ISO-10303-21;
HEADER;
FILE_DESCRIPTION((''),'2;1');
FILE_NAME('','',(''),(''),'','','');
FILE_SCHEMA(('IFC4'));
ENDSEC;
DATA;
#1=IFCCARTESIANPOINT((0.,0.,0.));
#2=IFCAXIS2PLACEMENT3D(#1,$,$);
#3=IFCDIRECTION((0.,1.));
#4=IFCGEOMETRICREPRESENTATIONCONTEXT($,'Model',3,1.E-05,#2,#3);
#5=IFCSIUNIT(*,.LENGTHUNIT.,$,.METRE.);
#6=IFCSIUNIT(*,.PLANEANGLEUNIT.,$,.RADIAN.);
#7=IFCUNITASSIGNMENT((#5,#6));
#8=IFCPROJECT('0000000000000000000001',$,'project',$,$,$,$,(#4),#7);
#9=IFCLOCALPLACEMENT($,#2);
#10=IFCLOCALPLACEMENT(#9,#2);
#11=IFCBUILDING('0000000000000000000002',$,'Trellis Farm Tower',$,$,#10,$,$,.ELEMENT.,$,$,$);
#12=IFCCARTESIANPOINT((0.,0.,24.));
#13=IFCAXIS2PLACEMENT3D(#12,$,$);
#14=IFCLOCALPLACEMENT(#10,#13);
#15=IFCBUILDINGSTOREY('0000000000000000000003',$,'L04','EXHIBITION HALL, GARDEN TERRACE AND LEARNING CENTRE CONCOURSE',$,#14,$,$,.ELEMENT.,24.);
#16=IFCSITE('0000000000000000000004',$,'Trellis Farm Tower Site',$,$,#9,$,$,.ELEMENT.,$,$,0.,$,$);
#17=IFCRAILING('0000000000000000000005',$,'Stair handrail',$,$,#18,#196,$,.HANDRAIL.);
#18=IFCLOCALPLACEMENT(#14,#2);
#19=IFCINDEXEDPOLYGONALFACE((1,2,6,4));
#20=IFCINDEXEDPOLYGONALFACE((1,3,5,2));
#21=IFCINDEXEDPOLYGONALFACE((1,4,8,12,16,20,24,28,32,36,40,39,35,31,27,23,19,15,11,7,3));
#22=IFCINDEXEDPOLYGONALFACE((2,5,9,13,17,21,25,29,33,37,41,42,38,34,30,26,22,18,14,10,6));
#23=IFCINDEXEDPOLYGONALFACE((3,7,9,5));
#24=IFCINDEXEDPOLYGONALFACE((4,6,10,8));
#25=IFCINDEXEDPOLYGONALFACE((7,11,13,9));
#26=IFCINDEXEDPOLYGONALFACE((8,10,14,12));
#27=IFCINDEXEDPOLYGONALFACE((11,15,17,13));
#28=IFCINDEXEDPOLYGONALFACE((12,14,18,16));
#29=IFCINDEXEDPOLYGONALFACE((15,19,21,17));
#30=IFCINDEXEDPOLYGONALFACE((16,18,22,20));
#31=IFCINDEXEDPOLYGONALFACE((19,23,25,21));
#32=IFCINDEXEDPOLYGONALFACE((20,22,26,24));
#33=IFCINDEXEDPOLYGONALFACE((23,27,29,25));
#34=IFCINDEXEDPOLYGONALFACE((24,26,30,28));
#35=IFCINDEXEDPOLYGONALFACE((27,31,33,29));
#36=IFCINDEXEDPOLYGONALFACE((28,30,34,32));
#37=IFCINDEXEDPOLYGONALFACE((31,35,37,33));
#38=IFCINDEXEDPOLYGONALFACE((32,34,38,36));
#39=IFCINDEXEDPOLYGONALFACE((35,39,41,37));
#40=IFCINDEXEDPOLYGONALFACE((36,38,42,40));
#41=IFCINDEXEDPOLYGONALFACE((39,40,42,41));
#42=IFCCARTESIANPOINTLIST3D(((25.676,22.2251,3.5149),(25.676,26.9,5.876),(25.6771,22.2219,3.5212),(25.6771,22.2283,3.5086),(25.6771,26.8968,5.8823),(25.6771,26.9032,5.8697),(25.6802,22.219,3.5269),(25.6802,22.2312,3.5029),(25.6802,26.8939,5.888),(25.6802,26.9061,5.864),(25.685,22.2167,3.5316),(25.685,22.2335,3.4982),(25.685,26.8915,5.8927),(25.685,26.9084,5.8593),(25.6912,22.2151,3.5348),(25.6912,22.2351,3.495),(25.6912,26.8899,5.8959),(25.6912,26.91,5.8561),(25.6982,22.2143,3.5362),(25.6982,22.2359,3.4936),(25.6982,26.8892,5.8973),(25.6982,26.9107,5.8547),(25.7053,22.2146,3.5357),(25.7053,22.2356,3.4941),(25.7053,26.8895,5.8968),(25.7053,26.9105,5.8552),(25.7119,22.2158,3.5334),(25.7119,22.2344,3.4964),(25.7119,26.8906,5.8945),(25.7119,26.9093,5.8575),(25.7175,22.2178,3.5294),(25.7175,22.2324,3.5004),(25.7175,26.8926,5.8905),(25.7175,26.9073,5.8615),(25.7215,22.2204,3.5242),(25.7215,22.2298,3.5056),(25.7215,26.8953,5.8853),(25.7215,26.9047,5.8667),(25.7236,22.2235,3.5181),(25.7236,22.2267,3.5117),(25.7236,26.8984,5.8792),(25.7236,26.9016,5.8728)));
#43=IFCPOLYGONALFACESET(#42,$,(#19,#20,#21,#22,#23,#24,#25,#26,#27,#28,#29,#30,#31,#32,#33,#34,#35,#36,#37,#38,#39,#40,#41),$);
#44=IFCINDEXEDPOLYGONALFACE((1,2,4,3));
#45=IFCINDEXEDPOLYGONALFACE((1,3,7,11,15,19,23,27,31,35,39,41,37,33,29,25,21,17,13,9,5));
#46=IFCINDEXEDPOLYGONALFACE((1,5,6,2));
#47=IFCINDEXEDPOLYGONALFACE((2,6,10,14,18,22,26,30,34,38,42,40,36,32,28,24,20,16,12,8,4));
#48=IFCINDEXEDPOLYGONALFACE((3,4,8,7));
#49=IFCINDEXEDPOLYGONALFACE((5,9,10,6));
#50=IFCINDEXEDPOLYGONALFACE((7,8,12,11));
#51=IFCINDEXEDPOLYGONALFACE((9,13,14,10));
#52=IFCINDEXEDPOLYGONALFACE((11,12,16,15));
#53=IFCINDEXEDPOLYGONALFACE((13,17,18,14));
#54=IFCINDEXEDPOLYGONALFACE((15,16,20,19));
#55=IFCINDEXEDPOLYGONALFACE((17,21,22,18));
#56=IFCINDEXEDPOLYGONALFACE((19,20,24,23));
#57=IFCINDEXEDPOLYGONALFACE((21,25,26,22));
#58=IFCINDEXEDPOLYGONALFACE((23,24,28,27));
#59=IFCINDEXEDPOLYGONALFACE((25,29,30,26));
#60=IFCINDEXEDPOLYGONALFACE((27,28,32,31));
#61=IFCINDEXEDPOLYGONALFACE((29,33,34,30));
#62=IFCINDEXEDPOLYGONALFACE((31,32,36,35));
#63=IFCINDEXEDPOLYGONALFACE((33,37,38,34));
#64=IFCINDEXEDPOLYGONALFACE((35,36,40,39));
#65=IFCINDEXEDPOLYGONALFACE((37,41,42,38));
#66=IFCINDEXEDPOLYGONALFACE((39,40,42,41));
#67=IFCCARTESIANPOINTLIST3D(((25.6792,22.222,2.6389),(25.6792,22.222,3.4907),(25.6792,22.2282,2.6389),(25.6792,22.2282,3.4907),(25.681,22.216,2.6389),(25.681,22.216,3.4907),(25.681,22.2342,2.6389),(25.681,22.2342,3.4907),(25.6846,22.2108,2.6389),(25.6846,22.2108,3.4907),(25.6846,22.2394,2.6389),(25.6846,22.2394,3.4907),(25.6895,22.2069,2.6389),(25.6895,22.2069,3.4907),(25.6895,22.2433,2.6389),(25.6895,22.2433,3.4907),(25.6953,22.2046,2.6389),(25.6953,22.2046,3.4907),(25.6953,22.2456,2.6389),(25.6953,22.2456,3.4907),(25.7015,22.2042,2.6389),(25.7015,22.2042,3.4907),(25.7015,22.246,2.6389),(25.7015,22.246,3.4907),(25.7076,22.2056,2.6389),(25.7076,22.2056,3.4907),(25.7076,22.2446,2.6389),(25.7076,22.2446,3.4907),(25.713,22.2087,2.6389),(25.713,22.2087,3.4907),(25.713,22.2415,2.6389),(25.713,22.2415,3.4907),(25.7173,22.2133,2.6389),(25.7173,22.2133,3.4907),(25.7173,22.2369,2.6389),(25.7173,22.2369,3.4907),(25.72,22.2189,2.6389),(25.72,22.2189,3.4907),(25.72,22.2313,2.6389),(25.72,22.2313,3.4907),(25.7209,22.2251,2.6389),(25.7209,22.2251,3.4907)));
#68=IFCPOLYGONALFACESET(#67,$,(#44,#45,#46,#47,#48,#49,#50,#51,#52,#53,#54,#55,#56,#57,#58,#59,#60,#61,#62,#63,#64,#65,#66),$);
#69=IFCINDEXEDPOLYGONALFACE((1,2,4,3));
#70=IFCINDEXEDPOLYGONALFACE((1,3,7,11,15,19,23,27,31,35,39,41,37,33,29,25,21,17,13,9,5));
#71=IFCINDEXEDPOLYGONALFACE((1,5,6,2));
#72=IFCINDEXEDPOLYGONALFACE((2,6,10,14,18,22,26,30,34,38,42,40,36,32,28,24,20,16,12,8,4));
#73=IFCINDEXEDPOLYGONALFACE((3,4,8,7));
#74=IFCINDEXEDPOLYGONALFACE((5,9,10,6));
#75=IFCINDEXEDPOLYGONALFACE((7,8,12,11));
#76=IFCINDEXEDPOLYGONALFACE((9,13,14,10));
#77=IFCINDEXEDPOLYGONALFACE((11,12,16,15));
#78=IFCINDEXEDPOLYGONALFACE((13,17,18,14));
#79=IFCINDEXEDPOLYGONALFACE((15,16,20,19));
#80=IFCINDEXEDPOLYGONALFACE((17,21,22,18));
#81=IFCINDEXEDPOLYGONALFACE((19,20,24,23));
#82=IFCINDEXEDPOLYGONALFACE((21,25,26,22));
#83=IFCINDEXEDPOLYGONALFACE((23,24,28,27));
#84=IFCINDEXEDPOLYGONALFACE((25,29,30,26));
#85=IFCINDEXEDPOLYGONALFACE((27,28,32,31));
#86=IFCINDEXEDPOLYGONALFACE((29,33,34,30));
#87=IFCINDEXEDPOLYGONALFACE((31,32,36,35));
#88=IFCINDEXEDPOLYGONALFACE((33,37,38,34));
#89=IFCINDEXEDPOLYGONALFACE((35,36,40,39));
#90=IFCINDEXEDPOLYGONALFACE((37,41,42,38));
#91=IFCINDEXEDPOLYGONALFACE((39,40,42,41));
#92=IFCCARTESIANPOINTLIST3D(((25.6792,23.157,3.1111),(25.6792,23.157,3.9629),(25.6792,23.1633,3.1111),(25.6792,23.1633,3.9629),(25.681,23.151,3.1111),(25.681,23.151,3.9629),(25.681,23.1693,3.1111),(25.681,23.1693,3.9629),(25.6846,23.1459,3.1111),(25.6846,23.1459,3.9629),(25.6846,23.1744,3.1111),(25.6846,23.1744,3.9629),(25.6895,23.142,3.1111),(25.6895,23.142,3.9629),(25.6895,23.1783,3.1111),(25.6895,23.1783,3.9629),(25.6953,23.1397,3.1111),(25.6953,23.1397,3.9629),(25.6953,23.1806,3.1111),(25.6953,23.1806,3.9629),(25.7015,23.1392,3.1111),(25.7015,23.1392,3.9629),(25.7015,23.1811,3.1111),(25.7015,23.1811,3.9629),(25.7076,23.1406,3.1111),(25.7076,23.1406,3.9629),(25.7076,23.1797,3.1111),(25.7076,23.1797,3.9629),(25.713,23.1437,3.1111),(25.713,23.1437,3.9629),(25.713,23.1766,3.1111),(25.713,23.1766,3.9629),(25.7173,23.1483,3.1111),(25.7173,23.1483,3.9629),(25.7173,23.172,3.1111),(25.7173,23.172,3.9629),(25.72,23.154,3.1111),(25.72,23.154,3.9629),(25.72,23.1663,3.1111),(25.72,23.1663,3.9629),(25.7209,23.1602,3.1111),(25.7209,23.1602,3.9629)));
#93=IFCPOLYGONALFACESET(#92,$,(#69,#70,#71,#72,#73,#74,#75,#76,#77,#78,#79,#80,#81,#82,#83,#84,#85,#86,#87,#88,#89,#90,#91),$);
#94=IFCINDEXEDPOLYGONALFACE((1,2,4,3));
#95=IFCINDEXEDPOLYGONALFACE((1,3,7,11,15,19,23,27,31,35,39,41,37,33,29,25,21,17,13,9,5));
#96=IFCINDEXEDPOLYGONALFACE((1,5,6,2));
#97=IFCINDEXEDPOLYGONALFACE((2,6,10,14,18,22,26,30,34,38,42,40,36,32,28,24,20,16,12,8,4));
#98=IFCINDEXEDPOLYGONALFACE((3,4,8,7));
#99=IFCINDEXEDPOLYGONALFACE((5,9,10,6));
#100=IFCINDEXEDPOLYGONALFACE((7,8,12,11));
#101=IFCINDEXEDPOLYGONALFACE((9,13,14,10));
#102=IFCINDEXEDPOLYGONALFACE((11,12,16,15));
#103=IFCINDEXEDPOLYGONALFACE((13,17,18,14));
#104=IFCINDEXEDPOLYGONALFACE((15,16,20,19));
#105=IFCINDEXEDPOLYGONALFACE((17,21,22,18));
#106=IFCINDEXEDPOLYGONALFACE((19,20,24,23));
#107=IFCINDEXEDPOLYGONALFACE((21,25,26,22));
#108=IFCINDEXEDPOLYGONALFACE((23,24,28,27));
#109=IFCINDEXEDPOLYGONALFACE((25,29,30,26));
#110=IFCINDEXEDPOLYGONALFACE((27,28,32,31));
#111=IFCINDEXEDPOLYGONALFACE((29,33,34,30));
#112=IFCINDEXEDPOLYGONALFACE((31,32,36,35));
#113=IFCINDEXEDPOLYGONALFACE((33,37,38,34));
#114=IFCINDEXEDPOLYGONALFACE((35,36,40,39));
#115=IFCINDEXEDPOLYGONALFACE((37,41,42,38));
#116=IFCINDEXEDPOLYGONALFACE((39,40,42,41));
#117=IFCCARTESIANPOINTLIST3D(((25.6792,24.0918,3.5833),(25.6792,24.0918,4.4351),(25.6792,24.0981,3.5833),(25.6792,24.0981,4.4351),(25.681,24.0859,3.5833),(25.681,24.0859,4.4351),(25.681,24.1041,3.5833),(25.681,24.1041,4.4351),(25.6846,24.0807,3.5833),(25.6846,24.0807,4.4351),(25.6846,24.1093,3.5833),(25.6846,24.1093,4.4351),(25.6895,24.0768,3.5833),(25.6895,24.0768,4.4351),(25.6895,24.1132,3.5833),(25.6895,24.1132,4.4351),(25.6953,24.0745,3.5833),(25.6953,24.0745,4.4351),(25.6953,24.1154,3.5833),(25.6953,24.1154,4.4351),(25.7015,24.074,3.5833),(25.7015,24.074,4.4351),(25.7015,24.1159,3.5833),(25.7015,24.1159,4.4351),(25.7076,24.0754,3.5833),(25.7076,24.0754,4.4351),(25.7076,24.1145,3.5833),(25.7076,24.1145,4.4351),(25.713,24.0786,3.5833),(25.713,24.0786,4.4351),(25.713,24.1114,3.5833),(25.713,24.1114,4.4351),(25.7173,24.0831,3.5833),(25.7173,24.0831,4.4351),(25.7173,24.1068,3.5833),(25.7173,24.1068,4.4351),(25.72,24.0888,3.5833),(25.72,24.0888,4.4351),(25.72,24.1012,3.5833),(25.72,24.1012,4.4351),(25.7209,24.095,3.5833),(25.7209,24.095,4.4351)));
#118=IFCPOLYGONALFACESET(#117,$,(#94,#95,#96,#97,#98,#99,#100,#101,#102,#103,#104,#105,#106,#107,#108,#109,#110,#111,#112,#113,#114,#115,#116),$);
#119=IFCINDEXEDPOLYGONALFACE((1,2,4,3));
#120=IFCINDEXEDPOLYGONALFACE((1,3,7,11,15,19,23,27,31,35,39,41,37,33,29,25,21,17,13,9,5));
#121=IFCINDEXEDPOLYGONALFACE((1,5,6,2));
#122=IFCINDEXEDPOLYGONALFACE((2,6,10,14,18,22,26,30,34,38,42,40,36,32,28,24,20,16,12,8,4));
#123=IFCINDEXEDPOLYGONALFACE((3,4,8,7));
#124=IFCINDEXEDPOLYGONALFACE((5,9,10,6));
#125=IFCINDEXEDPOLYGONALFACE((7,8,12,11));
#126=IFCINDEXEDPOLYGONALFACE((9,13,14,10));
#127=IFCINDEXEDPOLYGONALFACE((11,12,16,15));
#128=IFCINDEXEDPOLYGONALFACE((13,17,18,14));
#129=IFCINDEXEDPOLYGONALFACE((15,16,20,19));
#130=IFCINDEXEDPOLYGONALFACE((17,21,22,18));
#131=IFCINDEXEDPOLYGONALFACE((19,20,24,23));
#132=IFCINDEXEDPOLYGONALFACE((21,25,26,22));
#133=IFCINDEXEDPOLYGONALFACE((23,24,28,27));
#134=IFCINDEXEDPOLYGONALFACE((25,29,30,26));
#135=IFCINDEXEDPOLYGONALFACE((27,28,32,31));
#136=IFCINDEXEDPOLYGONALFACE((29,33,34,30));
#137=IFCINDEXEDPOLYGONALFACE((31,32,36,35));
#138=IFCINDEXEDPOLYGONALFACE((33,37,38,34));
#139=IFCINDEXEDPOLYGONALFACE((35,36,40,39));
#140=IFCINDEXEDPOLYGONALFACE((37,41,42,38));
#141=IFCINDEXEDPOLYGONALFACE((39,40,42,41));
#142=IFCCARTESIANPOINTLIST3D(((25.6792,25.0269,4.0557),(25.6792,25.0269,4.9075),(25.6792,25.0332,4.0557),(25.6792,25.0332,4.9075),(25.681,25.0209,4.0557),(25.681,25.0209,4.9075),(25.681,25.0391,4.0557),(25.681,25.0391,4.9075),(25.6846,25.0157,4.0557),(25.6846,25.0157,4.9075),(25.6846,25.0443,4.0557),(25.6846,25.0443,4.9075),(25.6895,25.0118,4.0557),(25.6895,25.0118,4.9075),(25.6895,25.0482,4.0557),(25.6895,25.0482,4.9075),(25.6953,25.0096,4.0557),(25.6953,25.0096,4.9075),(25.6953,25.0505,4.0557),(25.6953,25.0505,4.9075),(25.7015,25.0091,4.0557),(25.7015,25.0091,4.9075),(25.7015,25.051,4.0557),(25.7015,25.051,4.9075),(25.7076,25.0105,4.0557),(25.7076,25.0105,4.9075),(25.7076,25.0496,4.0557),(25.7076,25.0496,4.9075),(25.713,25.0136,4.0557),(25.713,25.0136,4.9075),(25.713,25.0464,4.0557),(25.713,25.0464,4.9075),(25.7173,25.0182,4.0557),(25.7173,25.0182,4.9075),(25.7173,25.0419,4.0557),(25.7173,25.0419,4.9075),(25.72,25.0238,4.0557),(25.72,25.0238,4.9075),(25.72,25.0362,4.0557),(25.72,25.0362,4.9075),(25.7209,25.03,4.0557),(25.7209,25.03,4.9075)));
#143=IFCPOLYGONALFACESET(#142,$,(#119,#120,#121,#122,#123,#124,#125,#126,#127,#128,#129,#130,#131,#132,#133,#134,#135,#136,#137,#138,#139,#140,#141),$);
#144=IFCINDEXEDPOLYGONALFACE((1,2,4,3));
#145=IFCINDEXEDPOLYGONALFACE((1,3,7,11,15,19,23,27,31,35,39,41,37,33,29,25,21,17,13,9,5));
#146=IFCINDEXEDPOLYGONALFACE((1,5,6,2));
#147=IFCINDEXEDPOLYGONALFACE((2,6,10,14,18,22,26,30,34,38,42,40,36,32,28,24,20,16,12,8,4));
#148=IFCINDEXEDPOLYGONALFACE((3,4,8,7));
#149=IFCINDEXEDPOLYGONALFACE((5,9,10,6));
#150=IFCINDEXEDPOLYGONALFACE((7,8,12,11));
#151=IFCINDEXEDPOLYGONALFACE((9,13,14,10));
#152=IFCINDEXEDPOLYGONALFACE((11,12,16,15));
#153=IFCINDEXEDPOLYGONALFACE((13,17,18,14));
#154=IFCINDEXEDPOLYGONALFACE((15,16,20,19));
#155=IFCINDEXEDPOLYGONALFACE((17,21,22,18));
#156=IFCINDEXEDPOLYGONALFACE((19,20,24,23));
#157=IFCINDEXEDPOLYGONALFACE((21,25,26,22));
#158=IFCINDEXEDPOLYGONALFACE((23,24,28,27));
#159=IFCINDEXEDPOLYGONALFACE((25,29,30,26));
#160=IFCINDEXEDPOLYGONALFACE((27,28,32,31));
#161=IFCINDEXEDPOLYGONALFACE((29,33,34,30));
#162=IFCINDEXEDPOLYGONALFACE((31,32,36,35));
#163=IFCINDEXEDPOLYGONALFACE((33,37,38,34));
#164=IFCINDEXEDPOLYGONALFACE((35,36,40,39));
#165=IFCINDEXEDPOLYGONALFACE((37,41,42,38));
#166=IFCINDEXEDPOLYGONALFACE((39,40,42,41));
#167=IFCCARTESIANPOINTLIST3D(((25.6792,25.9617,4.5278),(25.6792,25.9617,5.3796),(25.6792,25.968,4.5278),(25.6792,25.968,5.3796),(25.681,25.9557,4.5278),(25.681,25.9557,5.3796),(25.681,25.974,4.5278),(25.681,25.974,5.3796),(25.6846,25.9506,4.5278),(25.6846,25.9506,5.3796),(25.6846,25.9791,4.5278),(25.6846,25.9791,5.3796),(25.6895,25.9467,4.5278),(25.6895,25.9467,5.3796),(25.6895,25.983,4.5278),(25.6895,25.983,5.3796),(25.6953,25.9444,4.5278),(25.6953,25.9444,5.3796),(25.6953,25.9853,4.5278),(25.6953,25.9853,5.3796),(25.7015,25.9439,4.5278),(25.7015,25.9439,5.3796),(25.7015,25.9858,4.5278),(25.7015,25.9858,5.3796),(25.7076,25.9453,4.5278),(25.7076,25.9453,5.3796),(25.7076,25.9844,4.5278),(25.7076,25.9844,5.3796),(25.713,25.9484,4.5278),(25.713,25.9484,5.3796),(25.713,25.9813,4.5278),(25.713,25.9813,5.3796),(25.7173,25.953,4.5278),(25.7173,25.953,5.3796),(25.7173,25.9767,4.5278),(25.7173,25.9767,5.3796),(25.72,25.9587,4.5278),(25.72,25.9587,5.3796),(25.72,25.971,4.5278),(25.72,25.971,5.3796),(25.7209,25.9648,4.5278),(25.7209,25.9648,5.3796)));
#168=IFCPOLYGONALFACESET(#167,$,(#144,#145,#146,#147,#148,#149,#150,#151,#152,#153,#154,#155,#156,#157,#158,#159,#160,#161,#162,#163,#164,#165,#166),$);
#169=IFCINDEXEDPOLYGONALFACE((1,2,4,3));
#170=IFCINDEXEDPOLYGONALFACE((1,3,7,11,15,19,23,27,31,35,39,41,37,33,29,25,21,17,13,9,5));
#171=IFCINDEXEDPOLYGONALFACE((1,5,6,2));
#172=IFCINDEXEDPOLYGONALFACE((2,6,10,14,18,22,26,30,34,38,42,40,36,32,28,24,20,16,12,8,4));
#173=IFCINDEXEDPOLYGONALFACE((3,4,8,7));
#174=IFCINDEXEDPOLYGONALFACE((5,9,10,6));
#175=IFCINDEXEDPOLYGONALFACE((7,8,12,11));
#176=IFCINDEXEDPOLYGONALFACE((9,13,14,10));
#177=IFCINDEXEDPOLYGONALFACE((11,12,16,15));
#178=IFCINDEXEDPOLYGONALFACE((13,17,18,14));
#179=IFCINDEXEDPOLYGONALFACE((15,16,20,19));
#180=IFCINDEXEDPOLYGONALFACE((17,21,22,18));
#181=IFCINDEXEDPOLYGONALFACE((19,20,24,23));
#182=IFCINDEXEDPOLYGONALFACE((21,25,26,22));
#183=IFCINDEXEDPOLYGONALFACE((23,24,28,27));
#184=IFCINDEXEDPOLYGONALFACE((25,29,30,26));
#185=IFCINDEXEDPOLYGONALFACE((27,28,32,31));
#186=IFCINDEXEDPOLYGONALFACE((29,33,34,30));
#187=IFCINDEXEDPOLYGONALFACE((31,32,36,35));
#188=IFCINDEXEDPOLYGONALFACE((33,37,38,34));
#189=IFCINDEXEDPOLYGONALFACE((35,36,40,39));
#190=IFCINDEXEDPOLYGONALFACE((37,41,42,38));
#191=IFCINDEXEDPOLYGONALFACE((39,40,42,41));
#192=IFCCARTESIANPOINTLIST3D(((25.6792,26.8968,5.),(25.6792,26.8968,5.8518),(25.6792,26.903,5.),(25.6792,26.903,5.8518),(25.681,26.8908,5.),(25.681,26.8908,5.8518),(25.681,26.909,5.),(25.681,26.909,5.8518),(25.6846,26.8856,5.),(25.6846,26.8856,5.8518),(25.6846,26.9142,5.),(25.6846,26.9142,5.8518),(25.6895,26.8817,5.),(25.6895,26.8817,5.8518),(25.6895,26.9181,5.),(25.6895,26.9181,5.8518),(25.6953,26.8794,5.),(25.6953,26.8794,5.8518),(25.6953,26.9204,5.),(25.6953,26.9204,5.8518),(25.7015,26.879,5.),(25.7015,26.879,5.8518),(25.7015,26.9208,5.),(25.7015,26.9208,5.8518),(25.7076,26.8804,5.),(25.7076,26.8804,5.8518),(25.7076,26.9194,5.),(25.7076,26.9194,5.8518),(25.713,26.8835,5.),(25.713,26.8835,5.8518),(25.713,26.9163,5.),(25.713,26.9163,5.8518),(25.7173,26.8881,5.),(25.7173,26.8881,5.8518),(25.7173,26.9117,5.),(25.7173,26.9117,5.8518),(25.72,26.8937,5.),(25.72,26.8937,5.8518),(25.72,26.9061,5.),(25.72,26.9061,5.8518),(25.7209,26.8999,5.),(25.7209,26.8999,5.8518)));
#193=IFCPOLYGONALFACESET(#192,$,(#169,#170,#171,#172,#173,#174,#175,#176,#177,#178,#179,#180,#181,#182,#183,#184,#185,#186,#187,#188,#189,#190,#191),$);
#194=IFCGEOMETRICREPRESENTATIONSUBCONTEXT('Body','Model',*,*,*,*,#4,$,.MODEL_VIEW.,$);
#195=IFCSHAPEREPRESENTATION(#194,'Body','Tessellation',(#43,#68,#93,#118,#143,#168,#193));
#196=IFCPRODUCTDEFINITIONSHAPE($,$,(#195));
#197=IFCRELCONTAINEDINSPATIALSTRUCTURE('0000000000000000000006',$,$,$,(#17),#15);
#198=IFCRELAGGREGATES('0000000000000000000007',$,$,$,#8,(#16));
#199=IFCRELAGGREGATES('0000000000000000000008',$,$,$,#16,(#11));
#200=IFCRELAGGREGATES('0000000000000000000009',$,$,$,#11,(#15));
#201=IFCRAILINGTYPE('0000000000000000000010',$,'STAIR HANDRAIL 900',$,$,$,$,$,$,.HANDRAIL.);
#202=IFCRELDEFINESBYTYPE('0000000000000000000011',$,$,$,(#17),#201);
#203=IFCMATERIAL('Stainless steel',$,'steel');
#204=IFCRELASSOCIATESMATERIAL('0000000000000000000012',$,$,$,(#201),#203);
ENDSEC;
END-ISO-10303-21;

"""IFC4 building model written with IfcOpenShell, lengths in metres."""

from ifc_helpers import new_model, si_unit, direction, frame, origin, origin_2d, place, context, subcontext, project, spatial, circle, extrude, source, transform, mapped, material, type_object, element, save


model = new_model("IFC4")

# Units and contexts
model_context = context("Model", 3, precision=1e-05, world=origin(), true_north=direction((0.0, 1.0)))
body_context = subcontext(model_context, "Body", "Model", "MODEL_VIEW")
ifc_project = project(units=[si_unit("LENGTHUNIT", "METRE"), si_unit("PLANEANGLEUNIT", "RADIAN")], contexts=[model_context])

# Site, building, storey
site_placement = place(None, origin())
site = spatial("IfcSite", under=ifc_project, at=site_placement, Name="Trellis Farm Tower Site", CompositionType="ELEMENT", RefElevation=0.0)
building_placement = place(site_placement, origin())
building = spatial("IfcBuilding", under=site, at=building_placement, Name="Trellis Farm Tower", CompositionType="ELEMENT")
storey_placement = place(building_placement, frame((0.0, 0.0, 24.0)))
storey = spatial("IfcBuildingStorey", under=building, at=storey_placement, Name="L04", Description="EXHIBITION HALL, GARDEN TERRACE AND LEARNING CENTRE CONCOURSE", CompositionType="ELEMENT", Elevation=24.0)

# Railing
ifc_material_1 = material(Name="Stainless steel", Category="steel")
railing_type = type_object("IfcRailingType", Name="STAIR HANDRAIL 900", PredefinedType="HANDRAIL", material=ifc_material_1)
shared_shape_1 = source(origin(), body_context, "Body", "SweptSolid", [
    extrude(circle(Radius=0.0239, at=origin_2d()), frame((0.0, 0.0, 0.876), z_axis=(0.0, 0.892611, 0.450827), x_axis=(-1.0, 0.0, 0.0)), (0.0, 0.0, 1.0), 5.2373),
    extrude(circle(Radius=0.021, at=origin_2d()), origin(), (0.0, 0.0, 1.0), 0.8518),
    extrude(circle(Radius=0.021, at=origin_2d()), frame((0.0, 0.9351, 0.4722)), (0.0, 0.0, 1.0), 0.8518),
    extrude(circle(Radius=0.021, at=origin_2d()), frame((0.0, 1.8699, 0.9443)), (0.0, 0.0, 1.0), 0.8518),
    extrude(circle(Radius=0.021, at=origin_2d()), frame((0.0, 2.8049, 1.4167)), (0.0, 0.0, 1.0), 0.8518),
    extrude(circle(Radius=0.021, at=origin_2d()), frame((0.0, 3.7397, 1.8889)), (0.0, 0.0, 1.0), 0.8518),
    extrude(circle(Radius=0.021, at=origin_2d()), frame((0.0, 4.6748, 2.3611)), (0.0, 0.0, 1.0), 0.8518),
])
for number, where, name in (
    (1, (25.7, 22.2251, 2.6389), "Stair handrail"),
):
    element("IfcRailing", number, at=place(storey_placement, frame(where)), inside=storey, type_object=railing_type, Name=name, PredefinedType="HANDRAIL", context=body_context, shape_type="MappedRepresentation", body=[
        mapped(shared_shape_1, transform((0.0, 0.0, 0.0))),
    ])

save(model, "model.ifc")
